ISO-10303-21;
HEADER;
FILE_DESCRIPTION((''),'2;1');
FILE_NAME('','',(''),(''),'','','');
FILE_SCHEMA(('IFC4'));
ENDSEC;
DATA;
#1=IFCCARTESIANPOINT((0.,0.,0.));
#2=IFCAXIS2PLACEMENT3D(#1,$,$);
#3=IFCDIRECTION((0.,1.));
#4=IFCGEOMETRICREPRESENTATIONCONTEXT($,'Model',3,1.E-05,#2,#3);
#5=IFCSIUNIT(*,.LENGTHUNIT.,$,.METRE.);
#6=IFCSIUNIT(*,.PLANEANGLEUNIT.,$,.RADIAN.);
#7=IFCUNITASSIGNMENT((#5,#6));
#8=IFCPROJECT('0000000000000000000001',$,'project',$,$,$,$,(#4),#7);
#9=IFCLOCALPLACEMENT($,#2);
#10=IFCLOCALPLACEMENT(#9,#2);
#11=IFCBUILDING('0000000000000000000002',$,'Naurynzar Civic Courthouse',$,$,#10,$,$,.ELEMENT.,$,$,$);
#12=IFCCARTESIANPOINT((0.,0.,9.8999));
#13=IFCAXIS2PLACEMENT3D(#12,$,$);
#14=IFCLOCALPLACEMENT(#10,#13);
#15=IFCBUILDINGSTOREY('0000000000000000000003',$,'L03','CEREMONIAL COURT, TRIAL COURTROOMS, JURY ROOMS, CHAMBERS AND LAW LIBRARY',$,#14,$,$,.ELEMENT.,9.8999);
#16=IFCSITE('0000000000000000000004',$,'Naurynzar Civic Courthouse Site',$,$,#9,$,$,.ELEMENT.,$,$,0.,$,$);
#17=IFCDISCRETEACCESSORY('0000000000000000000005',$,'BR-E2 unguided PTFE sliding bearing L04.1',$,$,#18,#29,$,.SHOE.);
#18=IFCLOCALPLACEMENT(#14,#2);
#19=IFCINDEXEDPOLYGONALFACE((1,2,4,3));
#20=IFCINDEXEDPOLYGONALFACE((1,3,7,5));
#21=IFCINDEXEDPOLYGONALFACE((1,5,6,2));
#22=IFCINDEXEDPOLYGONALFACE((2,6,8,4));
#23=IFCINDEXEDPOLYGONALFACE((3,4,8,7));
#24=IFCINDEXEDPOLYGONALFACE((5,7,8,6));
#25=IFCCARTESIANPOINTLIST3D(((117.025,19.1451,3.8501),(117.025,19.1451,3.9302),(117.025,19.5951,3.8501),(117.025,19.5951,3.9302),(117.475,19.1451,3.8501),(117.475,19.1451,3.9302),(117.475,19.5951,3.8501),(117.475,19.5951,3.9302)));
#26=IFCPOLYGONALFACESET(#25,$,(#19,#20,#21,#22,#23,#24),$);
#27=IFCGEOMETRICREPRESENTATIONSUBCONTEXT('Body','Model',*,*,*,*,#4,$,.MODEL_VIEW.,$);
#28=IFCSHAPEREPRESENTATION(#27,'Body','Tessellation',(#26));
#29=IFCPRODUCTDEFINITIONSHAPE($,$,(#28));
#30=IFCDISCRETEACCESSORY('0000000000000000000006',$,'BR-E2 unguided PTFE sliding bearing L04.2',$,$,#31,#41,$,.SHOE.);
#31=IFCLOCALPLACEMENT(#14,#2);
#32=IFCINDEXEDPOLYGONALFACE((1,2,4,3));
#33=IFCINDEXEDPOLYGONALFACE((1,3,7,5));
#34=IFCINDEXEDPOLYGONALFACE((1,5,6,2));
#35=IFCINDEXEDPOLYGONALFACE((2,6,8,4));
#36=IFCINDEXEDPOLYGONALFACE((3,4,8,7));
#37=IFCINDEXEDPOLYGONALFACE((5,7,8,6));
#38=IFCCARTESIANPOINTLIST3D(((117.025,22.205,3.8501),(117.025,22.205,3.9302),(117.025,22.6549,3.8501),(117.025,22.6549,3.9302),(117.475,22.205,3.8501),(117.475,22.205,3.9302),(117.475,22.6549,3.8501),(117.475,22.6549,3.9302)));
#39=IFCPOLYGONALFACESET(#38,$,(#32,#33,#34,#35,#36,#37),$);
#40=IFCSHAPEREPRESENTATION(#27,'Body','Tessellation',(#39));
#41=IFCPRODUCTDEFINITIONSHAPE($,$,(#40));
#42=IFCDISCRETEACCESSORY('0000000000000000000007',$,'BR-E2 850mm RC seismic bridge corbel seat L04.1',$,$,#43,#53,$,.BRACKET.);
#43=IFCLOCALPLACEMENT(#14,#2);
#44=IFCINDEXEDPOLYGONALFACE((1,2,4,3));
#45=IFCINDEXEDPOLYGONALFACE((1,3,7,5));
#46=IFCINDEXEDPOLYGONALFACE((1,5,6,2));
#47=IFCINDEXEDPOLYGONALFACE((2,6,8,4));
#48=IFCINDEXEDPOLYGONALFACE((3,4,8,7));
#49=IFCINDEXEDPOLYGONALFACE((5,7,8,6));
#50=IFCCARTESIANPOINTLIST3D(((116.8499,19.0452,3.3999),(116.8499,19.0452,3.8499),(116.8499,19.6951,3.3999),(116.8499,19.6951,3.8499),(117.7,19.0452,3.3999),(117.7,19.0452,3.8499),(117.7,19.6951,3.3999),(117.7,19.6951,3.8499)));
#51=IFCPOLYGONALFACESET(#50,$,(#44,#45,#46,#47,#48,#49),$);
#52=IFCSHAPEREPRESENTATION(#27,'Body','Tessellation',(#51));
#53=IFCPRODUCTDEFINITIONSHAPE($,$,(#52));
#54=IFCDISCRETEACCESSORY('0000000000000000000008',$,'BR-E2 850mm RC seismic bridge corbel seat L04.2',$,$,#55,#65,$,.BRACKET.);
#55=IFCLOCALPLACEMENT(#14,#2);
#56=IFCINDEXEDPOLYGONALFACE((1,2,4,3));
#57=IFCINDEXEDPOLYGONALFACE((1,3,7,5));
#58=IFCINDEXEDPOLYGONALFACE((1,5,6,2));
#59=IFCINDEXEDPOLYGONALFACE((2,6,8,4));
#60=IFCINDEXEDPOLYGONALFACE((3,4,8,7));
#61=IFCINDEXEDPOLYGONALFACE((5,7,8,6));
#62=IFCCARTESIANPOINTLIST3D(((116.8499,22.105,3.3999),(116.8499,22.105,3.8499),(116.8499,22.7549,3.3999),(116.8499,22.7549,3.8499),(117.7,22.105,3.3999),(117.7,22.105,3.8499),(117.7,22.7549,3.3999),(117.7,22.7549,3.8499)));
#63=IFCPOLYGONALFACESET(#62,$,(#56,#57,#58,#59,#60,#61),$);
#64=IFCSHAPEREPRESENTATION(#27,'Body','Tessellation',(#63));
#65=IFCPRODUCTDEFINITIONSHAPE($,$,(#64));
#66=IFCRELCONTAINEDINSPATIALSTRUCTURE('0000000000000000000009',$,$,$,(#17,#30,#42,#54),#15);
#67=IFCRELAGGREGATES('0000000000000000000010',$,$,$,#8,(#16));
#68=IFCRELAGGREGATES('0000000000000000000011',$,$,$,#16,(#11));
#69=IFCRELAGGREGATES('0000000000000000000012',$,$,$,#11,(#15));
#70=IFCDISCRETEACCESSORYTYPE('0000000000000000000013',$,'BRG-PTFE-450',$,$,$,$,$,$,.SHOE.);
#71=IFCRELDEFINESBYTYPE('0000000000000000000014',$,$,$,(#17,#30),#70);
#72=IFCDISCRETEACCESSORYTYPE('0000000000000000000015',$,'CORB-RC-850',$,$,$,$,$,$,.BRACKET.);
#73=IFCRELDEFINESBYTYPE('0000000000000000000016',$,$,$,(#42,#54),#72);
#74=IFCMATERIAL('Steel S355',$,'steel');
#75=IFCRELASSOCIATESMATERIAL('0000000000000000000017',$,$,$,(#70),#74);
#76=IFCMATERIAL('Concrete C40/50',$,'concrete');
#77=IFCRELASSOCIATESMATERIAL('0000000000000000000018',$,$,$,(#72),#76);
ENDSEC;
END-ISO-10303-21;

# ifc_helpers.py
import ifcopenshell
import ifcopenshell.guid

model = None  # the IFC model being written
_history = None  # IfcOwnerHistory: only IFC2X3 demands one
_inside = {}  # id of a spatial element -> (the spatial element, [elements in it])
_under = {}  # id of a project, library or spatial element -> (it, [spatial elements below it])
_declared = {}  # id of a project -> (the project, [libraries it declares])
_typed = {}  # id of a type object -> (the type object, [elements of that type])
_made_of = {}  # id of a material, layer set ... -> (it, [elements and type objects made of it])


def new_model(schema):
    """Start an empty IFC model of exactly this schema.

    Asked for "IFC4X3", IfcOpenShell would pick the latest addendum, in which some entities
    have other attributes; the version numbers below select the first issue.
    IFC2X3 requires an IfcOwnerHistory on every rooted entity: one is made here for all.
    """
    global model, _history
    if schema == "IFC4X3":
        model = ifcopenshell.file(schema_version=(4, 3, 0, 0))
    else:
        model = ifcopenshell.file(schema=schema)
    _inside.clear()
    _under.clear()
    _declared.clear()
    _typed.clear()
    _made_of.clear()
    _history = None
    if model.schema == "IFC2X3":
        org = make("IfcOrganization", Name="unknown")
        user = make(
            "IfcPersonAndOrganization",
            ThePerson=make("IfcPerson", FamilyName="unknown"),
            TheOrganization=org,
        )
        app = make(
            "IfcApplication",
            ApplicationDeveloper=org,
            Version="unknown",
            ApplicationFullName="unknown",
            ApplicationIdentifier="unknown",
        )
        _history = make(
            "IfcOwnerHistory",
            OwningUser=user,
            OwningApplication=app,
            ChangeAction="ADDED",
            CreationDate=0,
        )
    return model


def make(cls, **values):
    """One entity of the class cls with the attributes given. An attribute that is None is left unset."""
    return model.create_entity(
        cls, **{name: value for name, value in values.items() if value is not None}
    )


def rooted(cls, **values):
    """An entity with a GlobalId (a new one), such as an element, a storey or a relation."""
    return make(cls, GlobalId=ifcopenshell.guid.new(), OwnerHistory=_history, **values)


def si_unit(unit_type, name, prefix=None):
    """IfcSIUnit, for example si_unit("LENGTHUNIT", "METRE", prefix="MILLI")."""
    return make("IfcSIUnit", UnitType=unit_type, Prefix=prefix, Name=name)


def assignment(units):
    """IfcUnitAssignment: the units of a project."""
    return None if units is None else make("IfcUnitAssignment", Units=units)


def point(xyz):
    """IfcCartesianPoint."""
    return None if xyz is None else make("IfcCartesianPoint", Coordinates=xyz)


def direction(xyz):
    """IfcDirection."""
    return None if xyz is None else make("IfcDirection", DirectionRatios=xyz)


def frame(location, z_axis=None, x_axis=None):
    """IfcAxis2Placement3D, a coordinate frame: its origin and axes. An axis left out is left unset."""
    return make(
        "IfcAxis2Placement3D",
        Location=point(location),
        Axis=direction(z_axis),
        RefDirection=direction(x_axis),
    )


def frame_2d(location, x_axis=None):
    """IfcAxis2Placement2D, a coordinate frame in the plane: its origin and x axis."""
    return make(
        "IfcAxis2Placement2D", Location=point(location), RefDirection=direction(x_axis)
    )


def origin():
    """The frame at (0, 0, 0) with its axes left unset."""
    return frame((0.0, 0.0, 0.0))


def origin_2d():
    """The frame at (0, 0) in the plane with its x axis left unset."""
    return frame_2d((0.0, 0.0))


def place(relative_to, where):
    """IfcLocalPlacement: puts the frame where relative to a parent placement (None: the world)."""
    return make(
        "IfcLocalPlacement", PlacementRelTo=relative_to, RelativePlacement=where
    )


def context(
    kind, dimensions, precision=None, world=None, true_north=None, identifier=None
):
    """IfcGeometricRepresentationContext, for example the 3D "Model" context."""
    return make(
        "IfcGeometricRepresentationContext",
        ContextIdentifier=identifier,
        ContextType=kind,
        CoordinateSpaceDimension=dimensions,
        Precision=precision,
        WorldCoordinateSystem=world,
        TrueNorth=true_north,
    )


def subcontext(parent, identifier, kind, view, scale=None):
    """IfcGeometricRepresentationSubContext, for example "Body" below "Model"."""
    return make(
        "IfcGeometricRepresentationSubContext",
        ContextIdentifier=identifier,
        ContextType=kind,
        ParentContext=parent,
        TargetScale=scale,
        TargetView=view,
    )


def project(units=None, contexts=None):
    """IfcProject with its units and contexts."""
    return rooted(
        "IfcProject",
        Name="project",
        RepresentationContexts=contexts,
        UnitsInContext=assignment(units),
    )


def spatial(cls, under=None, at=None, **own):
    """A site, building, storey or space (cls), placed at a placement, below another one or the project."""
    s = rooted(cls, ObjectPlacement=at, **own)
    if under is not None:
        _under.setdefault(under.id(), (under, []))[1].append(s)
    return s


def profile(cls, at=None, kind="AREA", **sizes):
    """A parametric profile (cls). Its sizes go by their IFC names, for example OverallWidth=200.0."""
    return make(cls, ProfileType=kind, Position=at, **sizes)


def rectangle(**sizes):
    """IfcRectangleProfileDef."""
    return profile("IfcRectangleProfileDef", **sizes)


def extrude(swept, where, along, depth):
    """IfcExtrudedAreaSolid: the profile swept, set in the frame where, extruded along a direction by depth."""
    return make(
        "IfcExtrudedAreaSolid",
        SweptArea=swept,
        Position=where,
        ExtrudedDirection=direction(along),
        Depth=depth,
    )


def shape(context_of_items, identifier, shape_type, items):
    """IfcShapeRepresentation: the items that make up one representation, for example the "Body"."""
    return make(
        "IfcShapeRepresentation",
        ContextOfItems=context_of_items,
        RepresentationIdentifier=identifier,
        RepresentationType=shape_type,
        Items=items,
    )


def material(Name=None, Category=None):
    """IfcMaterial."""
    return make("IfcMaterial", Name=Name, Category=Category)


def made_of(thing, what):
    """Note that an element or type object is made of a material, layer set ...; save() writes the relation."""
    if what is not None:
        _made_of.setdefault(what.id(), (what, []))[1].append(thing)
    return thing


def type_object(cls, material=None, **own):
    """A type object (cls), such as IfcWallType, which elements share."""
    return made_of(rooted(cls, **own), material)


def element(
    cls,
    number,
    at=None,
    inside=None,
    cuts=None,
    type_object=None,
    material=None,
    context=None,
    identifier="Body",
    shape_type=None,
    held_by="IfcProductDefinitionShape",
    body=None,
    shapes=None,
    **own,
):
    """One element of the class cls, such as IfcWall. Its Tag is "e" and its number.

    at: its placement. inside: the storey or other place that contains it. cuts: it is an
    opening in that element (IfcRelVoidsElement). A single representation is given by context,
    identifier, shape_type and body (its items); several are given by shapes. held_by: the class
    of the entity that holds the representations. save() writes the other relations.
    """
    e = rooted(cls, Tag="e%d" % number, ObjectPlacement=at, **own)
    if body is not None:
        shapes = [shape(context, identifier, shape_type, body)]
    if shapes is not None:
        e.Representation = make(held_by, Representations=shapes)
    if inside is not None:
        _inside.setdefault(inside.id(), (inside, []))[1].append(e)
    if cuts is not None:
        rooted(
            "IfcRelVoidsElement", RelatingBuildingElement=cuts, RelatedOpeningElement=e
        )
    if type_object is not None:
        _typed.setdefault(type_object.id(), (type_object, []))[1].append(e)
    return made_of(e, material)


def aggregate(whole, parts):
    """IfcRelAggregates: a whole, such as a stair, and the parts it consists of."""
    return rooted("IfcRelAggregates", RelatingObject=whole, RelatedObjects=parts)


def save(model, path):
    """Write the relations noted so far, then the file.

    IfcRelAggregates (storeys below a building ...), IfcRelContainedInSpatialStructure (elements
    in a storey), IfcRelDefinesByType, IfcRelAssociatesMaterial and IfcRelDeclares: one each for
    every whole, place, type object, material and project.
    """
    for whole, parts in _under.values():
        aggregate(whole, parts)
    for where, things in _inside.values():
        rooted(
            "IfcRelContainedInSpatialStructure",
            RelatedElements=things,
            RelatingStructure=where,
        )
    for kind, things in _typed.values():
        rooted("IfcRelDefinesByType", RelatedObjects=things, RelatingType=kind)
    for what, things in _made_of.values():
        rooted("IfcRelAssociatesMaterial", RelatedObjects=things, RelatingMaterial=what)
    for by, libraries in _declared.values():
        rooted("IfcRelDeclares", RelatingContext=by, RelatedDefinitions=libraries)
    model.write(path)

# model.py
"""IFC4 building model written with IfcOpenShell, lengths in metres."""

from ifc_helpers import new_model, si_unit, direction, frame, origin, origin_2d, place, context, subcontext, project, spatial, rectangle, extrude, material, type_object, element, save


model = new_model("IFC4")

# Units and contexts
model_context = context("Model", 3, precision=1e-05, world=origin(), true_north=direction((0.0, 1.0)))
body_context = subcontext(model_context, "Body", "Model", "MODEL_VIEW")
ifc_project = project(units=[si_unit("LENGTHUNIT", "METRE"), si_unit("PLANEANGLEUNIT", "RADIAN")], contexts=[model_context])

# Site, building, storey
site_placement = place(None, origin())
site = spatial("IfcSite", under=ifc_project, at=site_placement, Name="Naurynzar Civic Courthouse Site", CompositionType="ELEMENT", RefElevation=0.0)
building_placement = place(site_placement, origin())
building = spatial("IfcBuilding", under=site, at=building_placement, Name="Naurynzar Civic Courthouse", CompositionType="ELEMENT")
storey_placement = place(building_placement, frame((0.0, 0.0, 9.8999)))
storey = spatial("IfcBuildingStorey", under=building, at=storey_placement, Name="L03", Description="CEREMONIAL COURT, TRIAL COURTROOMS, JURY ROOMS, CHAMBERS AND LAW LIBRARY", CompositionType="ELEMENT", Elevation=9.8999)

# Discrete accessories
ifc_material_1 = material(Name="Steel S355", Category="steel")
discrete_accessory_type_1 = type_object("IfcDiscreteAccessoryType", Name="BRG-PTFE-450", PredefinedType="SHOE", material=ifc_material_1)
for number, where, z_axis, x_axis, name in (
    (1, (117.25, 19.3701, 3.8501), (0.0, 0.0, 1.0), (1.0, 0.0, 0.0), "BR-E2 unguided PTFE sliding bearing L04.1"),
    (2, (117.25, 22.4299, 3.8501), (0.0, 0.0, 1.0), (1.0, 0.0, 0.0), "BR-E2 unguided PTFE sliding bearing L04.2"),
):
    element("IfcDiscreteAccessory", number, at=place(storey_placement, frame(where, z_axis=z_axis, x_axis=x_axis)), inside=storey, type_object=discrete_accessory_type_1, Name=name, PredefinedType="SHOE", context=body_context, shape_type="SweptSolid", body=[
        extrude(rectangle(XDim=0.45, YDim=0.45, at=origin_2d()), origin(), (0.0, 0.0, 1.0), 0.0801),
    ])
ifc_material_2 = material(Name="Concrete C40/50", Category="concrete")
discrete_accessory_type_2 = type_object("IfcDiscreteAccessoryType", Name="CORB-RC-850", PredefinedType="BRACKET", material=ifc_material_2)
for number, where, z_axis, x_axis, name in (
    (3, (117.2749, 19.3701, 3.3999), (0.0, 0.0, 1.0), (1.0, 0.0, 0.0), "BR-E2 850mm RC seismic bridge corbel seat L04.1"),
    (4, (117.2749, 22.4299, 3.3999), (0.0, 0.0, 1.0), (1.0, 0.0, 0.0), "BR-E2 850mm RC seismic bridge corbel seat L04.2"),
):
    element("IfcDiscreteAccessory", number, at=place(storey_placement, frame(where, z_axis=z_axis, x_axis=x_axis)), inside=storey, type_object=discrete_accessory_type_2, Name=name, PredefinedType="BRACKET", context=body_context, shape_type="SweptSolid", body=[
        extrude(rectangle(XDim=0.8501, YDim=0.6499, at=origin_2d()), origin(), (0.0, 0.0, 1.0), 0.45),
    ])

save(model, "model.ifc")
